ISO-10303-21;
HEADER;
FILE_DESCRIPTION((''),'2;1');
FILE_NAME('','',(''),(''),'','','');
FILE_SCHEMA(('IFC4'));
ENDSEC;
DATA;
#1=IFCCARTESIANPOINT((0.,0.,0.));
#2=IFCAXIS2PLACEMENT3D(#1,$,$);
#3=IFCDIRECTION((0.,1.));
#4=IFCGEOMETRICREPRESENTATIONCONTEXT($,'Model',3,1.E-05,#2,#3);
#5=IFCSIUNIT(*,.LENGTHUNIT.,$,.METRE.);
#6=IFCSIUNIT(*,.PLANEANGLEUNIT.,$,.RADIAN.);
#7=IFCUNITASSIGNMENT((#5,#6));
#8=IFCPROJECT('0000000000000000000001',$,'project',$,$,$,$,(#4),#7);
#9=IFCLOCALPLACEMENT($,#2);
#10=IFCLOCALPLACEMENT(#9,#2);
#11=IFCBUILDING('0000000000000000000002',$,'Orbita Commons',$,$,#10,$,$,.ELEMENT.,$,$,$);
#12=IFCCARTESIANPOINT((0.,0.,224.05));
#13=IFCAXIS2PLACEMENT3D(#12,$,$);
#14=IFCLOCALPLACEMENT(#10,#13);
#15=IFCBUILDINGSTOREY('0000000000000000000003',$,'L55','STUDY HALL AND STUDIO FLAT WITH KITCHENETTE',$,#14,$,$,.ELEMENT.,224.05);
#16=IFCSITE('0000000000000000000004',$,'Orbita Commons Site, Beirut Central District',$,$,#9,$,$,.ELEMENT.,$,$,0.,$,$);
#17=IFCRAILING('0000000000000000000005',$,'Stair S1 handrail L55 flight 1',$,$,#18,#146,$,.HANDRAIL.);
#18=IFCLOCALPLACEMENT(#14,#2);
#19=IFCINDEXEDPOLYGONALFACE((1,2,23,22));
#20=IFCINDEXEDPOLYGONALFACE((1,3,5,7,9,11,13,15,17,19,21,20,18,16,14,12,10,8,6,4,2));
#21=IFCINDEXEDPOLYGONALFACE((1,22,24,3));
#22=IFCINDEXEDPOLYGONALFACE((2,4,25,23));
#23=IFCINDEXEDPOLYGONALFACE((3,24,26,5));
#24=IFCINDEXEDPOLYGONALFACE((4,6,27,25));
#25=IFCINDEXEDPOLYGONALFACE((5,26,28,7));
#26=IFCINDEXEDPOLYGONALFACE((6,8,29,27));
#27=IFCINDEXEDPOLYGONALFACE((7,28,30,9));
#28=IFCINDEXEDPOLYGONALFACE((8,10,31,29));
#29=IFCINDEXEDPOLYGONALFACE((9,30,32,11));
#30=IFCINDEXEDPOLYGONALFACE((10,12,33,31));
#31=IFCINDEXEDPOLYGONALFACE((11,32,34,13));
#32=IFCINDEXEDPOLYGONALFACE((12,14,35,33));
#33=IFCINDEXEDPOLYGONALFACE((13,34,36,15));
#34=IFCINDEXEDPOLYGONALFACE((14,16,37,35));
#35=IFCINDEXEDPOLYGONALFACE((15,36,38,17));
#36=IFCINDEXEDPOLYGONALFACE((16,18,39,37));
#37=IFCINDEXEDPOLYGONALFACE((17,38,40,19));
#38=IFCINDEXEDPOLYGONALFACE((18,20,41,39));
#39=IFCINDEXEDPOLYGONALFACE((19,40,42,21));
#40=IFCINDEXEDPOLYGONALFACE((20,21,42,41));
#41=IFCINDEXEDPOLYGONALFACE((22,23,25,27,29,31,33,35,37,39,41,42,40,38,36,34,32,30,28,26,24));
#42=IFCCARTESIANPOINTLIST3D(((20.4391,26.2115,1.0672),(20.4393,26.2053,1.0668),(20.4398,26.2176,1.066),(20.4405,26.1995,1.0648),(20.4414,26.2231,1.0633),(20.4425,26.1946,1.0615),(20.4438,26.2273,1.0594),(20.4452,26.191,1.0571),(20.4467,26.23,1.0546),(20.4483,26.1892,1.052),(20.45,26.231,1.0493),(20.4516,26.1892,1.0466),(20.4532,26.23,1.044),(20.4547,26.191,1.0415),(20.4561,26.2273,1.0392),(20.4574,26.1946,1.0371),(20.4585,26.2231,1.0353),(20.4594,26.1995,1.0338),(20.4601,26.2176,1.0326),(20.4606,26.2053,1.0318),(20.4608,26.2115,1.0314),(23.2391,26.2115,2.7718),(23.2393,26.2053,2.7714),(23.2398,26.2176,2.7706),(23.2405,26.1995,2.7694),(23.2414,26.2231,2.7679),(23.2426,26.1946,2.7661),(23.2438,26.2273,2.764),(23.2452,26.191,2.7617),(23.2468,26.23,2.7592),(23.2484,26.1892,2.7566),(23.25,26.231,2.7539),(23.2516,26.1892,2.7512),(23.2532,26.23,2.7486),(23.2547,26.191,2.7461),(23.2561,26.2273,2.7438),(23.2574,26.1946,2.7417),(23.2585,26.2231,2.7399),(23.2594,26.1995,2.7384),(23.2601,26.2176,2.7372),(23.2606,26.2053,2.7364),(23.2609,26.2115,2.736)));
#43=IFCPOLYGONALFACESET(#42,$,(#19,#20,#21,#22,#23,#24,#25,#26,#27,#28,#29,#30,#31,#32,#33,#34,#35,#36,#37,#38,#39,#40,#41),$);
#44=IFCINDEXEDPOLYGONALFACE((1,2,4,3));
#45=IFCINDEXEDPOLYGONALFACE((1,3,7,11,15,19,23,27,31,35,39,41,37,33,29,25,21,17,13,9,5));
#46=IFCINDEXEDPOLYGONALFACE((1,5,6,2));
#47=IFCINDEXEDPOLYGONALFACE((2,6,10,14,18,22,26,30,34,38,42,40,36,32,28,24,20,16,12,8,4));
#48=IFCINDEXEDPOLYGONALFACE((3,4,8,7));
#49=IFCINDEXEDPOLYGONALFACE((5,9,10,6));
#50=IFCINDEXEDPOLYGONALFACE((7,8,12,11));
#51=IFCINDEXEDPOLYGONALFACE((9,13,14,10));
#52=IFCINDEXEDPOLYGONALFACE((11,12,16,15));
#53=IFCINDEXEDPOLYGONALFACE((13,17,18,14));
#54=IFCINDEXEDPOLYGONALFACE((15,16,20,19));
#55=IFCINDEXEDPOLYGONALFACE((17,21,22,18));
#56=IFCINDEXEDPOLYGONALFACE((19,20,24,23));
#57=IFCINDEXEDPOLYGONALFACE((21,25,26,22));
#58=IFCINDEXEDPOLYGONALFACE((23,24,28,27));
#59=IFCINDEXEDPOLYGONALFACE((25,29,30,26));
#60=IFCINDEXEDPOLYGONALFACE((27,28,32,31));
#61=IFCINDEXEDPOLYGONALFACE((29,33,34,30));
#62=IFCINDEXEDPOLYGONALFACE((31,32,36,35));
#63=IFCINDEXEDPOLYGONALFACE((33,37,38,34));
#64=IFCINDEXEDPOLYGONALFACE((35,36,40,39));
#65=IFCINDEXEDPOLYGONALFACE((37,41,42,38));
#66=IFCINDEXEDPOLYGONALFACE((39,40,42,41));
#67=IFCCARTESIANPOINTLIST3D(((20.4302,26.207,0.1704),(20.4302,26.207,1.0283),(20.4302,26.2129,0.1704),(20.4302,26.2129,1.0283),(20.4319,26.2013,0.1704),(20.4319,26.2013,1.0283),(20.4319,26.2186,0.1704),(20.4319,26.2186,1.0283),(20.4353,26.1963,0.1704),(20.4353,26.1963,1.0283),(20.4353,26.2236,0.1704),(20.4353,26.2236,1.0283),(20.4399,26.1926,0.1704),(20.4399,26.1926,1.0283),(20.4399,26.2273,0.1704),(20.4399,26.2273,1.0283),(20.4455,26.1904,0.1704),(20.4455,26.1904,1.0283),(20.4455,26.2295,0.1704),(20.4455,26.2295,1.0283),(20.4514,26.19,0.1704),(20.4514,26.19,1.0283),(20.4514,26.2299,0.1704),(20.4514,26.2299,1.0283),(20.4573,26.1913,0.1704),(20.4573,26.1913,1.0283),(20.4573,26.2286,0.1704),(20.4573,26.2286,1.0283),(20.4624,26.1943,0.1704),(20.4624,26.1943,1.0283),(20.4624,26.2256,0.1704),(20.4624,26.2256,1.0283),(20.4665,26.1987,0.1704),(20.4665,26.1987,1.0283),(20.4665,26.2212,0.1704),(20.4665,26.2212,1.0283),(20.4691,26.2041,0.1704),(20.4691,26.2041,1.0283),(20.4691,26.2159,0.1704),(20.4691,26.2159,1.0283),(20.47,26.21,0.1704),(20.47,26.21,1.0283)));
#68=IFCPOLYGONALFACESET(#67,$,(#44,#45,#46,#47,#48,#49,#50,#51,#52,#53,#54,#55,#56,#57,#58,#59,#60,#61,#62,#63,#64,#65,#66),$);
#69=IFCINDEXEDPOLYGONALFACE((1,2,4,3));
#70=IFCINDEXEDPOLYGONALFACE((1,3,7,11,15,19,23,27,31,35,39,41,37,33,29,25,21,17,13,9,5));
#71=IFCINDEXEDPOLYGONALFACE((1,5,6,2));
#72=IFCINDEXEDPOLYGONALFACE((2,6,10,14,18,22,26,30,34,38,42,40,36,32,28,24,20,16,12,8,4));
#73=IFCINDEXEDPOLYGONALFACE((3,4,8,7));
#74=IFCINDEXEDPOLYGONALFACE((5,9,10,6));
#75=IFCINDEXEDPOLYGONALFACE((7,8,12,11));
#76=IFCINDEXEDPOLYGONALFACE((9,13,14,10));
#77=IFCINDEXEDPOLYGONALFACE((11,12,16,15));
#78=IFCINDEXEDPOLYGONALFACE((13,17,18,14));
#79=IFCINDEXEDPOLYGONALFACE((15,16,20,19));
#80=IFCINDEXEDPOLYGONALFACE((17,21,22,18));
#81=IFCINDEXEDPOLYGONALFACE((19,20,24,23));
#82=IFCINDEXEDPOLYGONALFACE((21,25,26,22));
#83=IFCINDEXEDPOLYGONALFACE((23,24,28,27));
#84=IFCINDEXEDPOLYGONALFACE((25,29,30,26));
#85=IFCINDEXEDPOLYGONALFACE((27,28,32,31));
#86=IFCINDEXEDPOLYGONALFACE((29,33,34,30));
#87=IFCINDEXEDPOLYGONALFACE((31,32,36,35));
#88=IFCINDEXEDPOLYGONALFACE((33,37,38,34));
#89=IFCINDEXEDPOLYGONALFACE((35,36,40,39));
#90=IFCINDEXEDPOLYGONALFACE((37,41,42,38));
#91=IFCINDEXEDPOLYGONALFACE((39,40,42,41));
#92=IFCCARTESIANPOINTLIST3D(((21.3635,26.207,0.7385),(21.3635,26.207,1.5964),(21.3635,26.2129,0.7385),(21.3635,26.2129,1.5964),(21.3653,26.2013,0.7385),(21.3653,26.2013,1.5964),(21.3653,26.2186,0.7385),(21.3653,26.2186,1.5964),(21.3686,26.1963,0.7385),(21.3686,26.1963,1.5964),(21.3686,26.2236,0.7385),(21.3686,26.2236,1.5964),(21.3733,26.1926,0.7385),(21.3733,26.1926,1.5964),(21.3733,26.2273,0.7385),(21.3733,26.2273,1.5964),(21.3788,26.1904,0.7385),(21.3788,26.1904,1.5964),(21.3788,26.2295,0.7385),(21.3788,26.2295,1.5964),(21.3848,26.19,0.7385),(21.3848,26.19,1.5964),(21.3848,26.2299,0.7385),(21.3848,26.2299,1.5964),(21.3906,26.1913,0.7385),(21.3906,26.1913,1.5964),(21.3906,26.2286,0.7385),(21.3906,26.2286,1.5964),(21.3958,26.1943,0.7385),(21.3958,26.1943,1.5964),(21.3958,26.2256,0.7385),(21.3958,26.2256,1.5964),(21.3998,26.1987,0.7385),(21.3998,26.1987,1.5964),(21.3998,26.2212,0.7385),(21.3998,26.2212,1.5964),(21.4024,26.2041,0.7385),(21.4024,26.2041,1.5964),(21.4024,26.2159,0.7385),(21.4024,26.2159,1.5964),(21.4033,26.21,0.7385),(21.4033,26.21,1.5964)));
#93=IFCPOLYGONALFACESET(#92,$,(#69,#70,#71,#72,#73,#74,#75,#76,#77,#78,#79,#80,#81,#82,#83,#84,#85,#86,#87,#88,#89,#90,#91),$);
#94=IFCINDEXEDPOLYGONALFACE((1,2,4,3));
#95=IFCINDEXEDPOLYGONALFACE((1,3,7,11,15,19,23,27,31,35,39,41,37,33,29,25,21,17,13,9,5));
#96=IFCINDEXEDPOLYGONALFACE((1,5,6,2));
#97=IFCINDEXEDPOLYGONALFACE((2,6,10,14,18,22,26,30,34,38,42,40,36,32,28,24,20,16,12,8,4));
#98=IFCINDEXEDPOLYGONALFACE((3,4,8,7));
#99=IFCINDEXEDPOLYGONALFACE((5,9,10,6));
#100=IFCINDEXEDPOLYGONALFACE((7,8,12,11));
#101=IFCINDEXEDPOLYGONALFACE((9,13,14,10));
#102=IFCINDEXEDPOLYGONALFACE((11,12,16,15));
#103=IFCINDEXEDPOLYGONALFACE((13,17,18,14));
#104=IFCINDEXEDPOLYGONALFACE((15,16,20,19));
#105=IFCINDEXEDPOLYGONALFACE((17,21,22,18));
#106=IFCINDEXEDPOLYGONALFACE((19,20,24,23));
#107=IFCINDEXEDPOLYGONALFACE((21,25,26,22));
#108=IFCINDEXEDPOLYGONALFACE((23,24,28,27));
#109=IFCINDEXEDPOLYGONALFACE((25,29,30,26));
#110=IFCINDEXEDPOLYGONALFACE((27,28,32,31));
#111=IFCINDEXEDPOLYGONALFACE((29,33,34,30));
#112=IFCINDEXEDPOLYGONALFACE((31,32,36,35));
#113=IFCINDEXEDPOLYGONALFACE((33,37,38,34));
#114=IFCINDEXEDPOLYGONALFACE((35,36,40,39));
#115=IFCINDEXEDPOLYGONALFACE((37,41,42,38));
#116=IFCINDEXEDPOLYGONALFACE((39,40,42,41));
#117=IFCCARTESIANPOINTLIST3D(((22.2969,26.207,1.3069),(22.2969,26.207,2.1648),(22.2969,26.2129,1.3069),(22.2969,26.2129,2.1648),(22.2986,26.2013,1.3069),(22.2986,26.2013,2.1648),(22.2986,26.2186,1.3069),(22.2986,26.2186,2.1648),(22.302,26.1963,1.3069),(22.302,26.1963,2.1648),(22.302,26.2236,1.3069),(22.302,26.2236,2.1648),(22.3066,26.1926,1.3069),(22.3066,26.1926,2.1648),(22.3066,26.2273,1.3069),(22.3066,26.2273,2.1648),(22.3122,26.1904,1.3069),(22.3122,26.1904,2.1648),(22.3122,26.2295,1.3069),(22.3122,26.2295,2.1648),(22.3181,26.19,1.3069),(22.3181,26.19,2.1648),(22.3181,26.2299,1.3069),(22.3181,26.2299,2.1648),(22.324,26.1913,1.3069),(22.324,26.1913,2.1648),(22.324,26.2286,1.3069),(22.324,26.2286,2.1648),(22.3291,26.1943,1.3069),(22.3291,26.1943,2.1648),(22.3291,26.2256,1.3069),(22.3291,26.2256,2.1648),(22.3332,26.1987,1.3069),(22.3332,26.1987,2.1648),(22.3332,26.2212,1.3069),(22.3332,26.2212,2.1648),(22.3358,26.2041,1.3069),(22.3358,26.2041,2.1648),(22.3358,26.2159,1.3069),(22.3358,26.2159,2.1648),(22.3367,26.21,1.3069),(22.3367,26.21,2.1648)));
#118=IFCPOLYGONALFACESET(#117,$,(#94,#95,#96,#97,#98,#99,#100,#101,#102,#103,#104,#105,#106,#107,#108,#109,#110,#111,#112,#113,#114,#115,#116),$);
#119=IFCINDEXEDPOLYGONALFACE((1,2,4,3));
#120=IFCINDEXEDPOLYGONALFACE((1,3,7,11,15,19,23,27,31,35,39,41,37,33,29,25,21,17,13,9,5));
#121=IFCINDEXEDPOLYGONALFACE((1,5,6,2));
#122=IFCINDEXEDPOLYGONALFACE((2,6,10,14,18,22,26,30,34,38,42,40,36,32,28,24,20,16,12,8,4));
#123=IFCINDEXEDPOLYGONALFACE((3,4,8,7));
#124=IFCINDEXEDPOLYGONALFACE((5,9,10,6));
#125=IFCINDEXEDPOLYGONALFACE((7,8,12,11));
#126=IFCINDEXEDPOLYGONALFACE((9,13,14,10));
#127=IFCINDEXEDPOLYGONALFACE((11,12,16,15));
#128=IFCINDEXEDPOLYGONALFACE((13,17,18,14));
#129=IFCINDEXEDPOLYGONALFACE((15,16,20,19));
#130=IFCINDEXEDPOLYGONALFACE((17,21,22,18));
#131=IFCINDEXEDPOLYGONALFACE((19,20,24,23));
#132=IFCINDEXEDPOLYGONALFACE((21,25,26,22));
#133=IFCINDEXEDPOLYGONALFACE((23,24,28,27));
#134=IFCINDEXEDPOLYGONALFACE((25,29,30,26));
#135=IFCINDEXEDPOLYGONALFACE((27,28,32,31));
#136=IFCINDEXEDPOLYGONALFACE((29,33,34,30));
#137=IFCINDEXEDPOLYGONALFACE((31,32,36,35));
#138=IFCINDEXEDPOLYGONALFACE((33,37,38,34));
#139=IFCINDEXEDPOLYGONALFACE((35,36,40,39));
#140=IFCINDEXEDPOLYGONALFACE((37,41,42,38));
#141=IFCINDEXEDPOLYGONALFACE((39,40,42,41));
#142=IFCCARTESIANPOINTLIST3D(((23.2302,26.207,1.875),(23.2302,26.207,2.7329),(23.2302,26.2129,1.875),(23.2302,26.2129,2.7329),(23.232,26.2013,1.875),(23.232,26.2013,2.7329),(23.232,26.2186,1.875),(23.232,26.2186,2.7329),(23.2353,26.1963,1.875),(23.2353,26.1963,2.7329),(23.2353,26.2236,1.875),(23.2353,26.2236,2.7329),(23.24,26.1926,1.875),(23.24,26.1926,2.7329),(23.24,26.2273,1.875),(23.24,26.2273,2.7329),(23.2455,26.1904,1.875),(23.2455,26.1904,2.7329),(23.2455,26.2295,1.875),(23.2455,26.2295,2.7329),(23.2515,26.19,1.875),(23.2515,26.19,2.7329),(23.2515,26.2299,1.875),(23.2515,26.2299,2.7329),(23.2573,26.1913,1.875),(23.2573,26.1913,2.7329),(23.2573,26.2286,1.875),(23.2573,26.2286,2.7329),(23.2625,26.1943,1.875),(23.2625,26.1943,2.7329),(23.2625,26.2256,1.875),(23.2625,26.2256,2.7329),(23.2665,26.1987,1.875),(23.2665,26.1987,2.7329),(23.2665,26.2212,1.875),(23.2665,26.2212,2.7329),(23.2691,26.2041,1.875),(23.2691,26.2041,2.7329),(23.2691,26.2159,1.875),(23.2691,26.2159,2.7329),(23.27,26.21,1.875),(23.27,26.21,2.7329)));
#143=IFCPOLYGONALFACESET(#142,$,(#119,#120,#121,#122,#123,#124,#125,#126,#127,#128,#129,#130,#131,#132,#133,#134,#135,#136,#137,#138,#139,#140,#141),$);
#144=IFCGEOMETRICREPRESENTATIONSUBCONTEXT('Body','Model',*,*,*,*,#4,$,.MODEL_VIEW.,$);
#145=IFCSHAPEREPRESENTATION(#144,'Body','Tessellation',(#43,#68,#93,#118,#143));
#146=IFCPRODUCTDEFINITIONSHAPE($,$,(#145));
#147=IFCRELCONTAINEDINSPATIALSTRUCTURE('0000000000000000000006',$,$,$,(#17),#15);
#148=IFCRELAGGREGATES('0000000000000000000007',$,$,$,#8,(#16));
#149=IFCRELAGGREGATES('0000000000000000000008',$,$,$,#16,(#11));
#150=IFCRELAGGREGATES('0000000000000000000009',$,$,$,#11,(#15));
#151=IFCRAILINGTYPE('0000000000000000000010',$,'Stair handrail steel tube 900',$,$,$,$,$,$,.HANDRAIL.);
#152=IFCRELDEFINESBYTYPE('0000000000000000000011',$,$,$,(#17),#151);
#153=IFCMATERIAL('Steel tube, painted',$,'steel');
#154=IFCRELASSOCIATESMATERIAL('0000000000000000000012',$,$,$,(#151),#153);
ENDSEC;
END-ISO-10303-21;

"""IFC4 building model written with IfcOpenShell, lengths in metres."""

from ifc_helpers import new_model, si_unit, direction, frame, origin, origin_2d, place, context, subcontext, project, spatial, circle, extrude, material, type_object, element, save


model = new_model("IFC4")

# Units and contexts
model_context = context("Model", 3, precision=1e-05, world=origin(), true_north=direction((0.0, 1.0)))
body_context = subcontext(model_context, "Body", "Model", "MODEL_VIEW")
ifc_project = project(units=[si_unit("LENGTHUNIT", "METRE"), si_unit("PLANEANGLEUNIT", "RADIAN")], contexts=[model_context])

# Site, building, storey
site_placement = place(None, origin())
site = spatial("IfcSite", under=ifc_project, at=site_placement, Name="Orbita Commons Site, Beirut Central District", CompositionType="ELEMENT", RefElevation=0.0)
building_placement = place(site_placement, origin())
building = spatial("IfcBuilding", under=site, at=building_placement, Name="Orbita Commons", CompositionType="ELEMENT")
storey_placement = place(building_placement, frame((0.0, 0.0, 224.05)))
storey = spatial("IfcBuildingStorey", under=building, at=storey_placement, Name="L55", Description="STUDY HALL AND STUDIO FLAT WITH KITCHENETTE", CompositionType="ELEMENT", Elevation=224.05)

# Railing
ifc_material_1 = material(Name="Steel tube, painted", Category="steel")
railing_type = type_object("IfcRailingType", Name="Stair handrail steel tube 900", PredefinedType="HANDRAIL", material=ifc_material_1)
for number, where, name in (
    (1, (20.45, 26.21, 0.1704), "Stair S1 handrail L55 flight 1"),
):
    element("IfcRailing", number, at=place(storey_placement, frame(where)), inside=storey, type_object=railing_type, Name=name, PredefinedType="HANDRAIL", context=body_context, shape_type="SweptSolid", body=[
        extrude(circle(Radius=0.021, at=origin_2d()), frame((0.0, 0.0, 0.8789), z_axis=(0.85417, 0.0, 0.519994), x_axis=(0.0, 1.0, 0.0)), (0.0, 0.0, 1.0), 3.2781),
        extrude(circle(Radius=0.02, at=origin_2d()), origin(), (0.0, 0.0, 1.0), 0.8579),
        extrude(circle(Radius=0.02, at=origin_2d()), frame((0.9333, 0.0, 0.5681)), (0.0, 0.0, 1.0), 0.8579),
        extrude(circle(Radius=0.02, at=origin_2d()), frame((1.8667, 0.0, 1.1365)), (0.0, 0.0, 1.0), 0.8579),
        extrude(circle(Radius=0.02, at=origin_2d()), frame((2.8, 0.0, 1.7046)), (0.0, 0.0, 1.0), 0.8579),
    ])

save(model, "model.ifc")
